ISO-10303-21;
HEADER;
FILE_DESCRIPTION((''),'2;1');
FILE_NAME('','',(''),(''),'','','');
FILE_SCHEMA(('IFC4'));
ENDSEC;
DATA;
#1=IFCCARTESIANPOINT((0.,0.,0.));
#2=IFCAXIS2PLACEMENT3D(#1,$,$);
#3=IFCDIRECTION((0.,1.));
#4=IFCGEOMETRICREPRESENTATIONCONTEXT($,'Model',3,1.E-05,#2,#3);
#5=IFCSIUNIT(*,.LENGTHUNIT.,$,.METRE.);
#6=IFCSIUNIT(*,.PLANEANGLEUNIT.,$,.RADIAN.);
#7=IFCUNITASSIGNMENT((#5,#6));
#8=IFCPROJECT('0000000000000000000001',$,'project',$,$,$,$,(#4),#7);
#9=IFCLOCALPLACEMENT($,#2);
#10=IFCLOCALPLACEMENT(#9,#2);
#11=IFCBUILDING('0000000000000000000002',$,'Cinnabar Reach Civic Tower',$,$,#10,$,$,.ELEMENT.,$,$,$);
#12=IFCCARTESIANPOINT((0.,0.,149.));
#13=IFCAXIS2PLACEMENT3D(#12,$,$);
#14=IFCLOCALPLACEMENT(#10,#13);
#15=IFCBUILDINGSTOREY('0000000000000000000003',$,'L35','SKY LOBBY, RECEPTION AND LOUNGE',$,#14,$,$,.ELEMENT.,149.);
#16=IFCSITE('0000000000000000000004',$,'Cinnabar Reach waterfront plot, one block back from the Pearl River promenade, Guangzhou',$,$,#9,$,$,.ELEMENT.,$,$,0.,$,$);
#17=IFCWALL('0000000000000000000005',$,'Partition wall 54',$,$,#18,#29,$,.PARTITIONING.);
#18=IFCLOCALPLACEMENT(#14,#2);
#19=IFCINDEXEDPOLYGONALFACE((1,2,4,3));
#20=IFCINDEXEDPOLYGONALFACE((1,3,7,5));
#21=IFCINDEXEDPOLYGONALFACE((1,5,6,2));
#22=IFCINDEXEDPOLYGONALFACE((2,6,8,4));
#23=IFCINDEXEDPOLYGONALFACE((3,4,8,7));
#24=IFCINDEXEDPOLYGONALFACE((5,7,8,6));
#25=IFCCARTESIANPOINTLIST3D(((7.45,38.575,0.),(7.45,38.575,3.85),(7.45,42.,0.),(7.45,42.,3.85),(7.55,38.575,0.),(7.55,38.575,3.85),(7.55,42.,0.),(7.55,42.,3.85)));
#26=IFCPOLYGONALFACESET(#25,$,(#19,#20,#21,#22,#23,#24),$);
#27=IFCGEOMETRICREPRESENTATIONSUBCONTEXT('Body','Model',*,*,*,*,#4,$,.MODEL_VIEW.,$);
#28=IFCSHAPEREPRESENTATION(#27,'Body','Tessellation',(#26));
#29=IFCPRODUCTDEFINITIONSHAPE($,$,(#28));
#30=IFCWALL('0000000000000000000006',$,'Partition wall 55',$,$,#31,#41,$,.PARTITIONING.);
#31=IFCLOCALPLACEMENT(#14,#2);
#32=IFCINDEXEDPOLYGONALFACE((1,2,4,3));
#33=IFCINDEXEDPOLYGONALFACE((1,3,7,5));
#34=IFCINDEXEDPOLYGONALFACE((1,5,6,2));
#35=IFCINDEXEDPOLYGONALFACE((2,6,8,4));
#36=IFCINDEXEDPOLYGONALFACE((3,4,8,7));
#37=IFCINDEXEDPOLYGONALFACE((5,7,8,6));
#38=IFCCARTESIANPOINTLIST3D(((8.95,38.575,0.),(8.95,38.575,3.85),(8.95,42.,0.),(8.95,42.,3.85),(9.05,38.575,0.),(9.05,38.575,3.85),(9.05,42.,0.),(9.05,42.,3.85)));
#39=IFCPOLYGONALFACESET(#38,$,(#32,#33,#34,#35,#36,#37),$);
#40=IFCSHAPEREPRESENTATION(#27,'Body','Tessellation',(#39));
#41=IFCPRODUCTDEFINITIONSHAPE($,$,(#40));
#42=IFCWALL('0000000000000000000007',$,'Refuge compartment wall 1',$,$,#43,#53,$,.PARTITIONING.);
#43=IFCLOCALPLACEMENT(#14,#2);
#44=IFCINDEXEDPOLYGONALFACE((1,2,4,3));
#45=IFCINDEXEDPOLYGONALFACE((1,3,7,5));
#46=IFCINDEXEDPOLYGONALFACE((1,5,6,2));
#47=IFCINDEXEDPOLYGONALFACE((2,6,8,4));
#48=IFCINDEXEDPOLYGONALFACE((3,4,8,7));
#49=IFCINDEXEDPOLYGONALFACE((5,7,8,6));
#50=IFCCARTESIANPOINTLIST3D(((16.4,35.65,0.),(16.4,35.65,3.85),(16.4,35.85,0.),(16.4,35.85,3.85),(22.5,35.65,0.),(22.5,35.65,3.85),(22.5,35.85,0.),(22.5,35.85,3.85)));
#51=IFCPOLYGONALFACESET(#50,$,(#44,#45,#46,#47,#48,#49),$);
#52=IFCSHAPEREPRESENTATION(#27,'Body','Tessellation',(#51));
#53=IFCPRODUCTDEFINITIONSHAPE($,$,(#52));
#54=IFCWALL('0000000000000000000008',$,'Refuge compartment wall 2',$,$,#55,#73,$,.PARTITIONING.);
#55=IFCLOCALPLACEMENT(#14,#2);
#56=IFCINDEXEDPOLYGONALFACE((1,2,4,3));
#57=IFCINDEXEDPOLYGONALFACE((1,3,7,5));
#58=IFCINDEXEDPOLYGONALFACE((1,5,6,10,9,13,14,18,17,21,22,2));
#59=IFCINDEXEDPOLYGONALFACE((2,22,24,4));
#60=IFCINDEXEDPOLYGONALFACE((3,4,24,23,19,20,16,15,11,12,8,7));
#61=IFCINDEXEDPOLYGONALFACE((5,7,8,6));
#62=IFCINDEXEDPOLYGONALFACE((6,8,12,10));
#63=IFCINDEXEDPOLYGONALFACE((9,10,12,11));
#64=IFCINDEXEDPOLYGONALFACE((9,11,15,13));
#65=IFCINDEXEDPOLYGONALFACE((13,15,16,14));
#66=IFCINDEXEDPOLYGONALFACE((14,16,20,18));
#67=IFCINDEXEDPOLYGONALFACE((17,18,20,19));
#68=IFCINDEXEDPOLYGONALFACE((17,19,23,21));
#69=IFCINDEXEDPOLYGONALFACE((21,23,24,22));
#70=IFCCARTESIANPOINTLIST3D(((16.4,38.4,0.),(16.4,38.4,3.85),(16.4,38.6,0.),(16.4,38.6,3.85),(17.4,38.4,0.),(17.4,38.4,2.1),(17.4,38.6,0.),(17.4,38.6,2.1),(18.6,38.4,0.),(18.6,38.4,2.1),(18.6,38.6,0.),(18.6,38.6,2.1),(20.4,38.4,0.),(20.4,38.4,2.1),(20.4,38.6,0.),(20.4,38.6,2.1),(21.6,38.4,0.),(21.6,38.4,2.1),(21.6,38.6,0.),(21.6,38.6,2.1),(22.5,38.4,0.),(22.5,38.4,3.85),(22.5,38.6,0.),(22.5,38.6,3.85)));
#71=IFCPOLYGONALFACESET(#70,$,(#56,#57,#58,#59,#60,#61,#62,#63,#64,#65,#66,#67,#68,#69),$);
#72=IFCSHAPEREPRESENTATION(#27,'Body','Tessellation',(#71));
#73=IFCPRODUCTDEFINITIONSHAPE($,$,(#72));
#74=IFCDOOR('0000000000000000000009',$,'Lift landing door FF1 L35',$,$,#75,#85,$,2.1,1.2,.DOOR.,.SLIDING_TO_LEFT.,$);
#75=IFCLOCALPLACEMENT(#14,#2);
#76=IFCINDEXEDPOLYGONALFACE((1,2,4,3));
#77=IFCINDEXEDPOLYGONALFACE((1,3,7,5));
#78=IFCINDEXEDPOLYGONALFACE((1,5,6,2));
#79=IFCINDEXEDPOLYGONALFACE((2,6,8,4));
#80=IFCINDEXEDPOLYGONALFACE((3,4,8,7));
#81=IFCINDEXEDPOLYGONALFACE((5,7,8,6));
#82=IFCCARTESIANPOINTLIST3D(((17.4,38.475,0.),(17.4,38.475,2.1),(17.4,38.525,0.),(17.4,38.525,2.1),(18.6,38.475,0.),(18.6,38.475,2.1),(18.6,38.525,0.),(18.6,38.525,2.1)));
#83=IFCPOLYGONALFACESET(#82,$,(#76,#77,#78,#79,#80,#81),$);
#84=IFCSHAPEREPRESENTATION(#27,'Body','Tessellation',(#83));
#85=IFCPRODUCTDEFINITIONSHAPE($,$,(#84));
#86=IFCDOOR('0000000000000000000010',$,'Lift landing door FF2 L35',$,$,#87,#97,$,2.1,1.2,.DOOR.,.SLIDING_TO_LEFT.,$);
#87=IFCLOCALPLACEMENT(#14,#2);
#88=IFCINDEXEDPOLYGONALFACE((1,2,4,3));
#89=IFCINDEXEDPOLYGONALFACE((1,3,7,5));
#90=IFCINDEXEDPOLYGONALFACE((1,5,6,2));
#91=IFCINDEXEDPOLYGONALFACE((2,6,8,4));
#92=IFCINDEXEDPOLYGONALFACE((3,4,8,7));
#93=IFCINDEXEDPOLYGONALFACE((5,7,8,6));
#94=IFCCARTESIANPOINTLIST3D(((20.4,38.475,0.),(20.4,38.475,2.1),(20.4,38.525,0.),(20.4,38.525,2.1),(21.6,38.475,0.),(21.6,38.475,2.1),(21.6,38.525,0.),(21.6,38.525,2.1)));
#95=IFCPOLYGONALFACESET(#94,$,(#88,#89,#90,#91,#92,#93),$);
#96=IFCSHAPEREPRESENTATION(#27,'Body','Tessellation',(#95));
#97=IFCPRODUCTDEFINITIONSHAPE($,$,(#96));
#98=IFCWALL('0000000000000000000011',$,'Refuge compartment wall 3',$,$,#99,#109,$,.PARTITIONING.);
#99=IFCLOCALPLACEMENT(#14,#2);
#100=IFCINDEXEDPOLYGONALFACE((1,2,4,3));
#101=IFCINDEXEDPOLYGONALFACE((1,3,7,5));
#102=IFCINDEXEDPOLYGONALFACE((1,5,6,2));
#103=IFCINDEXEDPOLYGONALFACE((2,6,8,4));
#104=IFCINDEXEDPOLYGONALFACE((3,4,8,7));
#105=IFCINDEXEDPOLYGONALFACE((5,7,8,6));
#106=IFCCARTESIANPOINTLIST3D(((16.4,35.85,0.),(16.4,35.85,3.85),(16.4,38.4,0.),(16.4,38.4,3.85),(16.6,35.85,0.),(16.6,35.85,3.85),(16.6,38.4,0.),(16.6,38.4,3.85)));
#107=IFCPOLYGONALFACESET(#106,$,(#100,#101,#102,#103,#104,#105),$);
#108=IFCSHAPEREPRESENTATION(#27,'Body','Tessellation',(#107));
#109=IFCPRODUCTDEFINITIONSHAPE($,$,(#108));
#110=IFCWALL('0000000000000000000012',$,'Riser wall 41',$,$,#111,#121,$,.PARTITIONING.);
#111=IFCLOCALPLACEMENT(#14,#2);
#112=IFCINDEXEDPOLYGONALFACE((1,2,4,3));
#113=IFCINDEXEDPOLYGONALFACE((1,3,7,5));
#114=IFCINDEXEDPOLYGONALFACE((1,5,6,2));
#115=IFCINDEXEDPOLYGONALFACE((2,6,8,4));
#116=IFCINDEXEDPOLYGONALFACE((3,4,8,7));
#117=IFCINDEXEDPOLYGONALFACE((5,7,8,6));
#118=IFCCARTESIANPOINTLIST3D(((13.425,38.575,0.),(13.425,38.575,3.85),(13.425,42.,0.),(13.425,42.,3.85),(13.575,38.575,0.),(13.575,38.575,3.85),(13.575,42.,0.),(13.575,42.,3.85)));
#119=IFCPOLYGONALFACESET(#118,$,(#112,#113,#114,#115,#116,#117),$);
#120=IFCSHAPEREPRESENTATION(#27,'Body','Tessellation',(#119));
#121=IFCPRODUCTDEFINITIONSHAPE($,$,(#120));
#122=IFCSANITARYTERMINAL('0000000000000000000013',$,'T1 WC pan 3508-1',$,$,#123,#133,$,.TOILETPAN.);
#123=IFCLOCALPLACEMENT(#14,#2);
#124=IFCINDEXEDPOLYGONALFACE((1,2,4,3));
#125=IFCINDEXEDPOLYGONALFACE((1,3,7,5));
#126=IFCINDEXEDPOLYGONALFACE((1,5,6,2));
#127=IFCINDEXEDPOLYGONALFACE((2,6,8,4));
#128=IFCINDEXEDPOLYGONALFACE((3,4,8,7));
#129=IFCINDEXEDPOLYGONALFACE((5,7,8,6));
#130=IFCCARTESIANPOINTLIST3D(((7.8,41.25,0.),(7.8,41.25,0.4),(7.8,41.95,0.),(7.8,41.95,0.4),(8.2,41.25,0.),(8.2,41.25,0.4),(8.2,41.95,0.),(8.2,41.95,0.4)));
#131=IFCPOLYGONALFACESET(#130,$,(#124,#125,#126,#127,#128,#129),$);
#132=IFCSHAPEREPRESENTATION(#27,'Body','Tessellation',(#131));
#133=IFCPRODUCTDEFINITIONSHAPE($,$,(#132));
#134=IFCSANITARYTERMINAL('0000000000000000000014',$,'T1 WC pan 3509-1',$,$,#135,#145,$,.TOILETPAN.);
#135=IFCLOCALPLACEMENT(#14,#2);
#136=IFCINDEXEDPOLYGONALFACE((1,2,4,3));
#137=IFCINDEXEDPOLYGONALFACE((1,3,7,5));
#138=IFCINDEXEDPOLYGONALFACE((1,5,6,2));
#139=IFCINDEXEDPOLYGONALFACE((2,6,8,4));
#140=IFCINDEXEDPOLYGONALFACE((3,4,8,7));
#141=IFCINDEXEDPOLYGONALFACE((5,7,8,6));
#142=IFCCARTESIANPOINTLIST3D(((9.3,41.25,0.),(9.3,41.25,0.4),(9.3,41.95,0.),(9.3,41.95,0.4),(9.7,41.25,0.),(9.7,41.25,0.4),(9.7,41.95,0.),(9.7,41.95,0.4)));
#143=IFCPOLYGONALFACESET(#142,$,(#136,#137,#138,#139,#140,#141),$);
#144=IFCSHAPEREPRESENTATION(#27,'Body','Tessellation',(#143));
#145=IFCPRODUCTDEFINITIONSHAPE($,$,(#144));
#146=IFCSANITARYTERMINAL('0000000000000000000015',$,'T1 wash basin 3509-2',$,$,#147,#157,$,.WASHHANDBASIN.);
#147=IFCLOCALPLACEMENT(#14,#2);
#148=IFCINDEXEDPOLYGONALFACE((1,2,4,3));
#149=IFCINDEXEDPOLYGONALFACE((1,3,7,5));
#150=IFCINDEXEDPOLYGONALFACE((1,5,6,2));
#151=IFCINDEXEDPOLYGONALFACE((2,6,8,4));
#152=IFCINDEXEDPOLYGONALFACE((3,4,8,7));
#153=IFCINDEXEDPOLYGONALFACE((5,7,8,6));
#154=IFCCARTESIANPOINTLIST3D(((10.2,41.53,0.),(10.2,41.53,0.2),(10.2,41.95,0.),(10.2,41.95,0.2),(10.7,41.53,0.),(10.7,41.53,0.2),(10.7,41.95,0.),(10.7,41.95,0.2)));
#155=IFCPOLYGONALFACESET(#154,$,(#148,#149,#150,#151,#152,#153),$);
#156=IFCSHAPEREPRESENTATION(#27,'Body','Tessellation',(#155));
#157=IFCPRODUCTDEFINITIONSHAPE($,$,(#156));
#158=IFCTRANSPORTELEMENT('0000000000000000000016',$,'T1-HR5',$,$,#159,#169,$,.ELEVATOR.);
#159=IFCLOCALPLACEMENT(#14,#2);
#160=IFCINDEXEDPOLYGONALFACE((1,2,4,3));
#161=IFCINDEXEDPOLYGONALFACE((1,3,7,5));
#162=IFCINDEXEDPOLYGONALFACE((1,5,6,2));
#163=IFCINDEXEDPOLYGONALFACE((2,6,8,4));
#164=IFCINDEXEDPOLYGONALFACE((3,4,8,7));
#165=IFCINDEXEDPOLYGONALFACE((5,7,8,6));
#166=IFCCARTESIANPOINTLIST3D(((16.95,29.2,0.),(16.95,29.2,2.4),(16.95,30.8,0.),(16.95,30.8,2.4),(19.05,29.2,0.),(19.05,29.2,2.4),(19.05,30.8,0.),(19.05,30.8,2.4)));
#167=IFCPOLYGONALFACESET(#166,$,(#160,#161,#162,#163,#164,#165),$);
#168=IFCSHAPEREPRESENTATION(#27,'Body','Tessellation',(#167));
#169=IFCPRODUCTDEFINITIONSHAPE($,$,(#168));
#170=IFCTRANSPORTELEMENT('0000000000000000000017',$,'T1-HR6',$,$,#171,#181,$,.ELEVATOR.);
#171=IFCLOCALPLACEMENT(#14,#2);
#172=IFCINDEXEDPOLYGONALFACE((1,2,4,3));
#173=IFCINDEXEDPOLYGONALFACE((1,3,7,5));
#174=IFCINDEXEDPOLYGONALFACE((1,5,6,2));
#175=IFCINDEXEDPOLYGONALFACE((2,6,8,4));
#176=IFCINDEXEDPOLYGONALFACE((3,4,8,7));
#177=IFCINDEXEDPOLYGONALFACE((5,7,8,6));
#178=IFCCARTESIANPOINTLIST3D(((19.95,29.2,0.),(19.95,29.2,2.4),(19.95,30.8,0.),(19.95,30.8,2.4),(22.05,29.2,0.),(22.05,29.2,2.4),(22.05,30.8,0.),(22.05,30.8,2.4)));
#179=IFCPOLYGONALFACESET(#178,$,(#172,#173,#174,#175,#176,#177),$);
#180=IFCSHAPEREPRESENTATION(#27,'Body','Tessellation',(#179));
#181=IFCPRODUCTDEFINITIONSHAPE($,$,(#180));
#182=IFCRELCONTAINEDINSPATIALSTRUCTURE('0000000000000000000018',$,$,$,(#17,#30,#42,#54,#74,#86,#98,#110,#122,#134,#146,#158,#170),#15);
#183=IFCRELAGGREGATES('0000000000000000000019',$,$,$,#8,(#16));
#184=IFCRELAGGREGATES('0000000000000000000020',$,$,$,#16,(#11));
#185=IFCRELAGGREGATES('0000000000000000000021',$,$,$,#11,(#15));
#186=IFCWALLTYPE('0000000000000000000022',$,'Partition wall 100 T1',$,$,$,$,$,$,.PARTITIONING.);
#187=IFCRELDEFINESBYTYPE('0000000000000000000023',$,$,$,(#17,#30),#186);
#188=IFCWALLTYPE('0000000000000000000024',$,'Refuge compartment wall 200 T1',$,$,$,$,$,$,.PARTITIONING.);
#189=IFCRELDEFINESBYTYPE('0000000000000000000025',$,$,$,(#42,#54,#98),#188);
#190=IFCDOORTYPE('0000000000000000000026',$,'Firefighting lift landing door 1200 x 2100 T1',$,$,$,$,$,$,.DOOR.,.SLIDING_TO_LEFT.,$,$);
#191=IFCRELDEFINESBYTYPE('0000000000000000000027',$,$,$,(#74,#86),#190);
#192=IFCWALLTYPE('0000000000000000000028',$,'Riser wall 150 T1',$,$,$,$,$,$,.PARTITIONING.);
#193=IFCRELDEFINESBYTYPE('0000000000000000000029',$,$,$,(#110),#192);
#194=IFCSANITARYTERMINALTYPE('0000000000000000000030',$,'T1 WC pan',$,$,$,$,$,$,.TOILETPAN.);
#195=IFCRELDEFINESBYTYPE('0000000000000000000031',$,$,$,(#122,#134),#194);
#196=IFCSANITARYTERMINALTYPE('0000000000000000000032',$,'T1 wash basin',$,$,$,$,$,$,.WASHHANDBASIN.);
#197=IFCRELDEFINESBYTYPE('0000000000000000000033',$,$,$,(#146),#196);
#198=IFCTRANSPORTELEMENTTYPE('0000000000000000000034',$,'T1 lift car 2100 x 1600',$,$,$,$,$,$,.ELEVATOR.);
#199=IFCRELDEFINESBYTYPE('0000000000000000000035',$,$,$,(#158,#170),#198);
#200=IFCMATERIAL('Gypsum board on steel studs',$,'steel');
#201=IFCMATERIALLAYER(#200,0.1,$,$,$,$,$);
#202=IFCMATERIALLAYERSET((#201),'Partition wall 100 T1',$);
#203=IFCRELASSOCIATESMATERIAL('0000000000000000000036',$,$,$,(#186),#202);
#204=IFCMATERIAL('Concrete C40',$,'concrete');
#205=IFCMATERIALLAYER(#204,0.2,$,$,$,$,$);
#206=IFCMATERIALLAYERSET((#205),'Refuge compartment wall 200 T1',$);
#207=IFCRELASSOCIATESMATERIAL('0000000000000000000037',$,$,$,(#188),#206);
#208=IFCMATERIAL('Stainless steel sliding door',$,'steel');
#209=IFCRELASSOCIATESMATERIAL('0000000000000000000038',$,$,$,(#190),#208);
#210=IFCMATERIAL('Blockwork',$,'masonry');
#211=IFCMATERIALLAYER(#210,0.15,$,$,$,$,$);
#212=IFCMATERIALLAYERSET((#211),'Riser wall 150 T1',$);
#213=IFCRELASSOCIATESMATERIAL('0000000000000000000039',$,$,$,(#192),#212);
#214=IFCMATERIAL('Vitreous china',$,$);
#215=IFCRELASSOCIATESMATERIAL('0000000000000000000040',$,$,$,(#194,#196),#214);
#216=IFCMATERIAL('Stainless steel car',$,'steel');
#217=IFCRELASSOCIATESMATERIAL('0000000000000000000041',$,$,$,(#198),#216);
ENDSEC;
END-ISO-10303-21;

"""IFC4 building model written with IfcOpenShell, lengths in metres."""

from ifc_helpers import new_model, si_unit, direction, frame, frame_2d, origin, origin_2d, place, context, subcontext, project, spatial, rectangle, extrude, material, layer, layer_set, type_object, element, fill, save


model = new_model("IFC4")

# Units and contexts
model_context = context("Model", 3, precision=1e-05, world=origin(), true_north=direction((0.0, 1.0)))
body_context = subcontext(model_context, "Body", "Model", "MODEL_VIEW")
ifc_project = project(units=[si_unit("LENGTHUNIT", "METRE"), si_unit("PLANEANGLEUNIT", "RADIAN")], contexts=[model_context])

# Site, building, storey
site_placement = place(None, origin())
site = spatial("IfcSite", under=ifc_project, at=site_placement, Name="Cinnabar Reach waterfront plot, one block back from the Pearl River promenade, Guangzhou", CompositionType="ELEMENT", RefElevation=0.0)
building_placement = place(site_placement, origin())
building = spatial("IfcBuilding", under=site, at=building_placement, Name="Cinnabar Reach Civic Tower", CompositionType="ELEMENT")
storey_placement = place(building_placement, frame((0.0, 0.0, 149.0)))
storey = spatial("IfcBuildingStorey", under=building, at=storey_placement, Name="L35", Description="SKY LOBBY, RECEPTION AND LOUNGE", CompositionType="ELEMENT", Elevation=149.0)

# Walls
ifc_material_1 = material(Name="Blockwork", Category="masonry")
ifc_material_2 = material(Name="Gypsum board on steel studs", Category="steel")
ifc_layer_1 = layer(ifc_material_2, 0.1)
ifc_layer_set_1 = layer_set([ifc_layer_1], Name="Partition wall 100 T1")
wall_type_1 = type_object("IfcWallType", Name="Partition wall 100 T1", PredefinedType="PARTITIONING", material=ifc_layer_set_1)
for number, where, z_axis, x_axis, name in (
    (1, (7.5, 38.575, 0.0), (0.0, 0.0, 1.0), (0.0, 1.0, 0.0), "Partition wall 54"),
    (2, (9.0, 38.575, 0.0), (0.0, 0.0, 1.0), (0.0, 1.0, 0.0), "Partition wall 55"),
):
    element("IfcWall", number, at=place(storey_placement, frame(where, z_axis=z_axis, x_axis=x_axis)), inside=storey, type_object=wall_type_1, Name=name, PredefinedType="PARTITIONING", context=body_context, shape_type="SweptSolid", body=[
        extrude(rectangle(XDim=3.425, YDim=0.1, at=frame_2d((1.7125, 0.0))), origin(), (0.0, 0.0, 1.0), 3.85),
    ])
ifc_material_3 = material(Name="Concrete C40", Category="concrete")
ifc_layer_2 = layer(ifc_material_3, 0.2)
ifc_layer_set_2 = layer_set([ifc_layer_2], Name="Refuge compartment wall 200 T1")
wall_type_2 = type_object("IfcWallType", Name="Refuge compartment wall 200 T1", PredefinedType="PARTITIONING", material=ifc_layer_set_2)
wall_1_placement = place(storey_placement, frame((16.4, 35.75, 0.0), z_axis=(0.0, 0.0, 1.0), x_axis=(1.0, 0.0, 0.0)))
element("IfcWall", 3, at=wall_1_placement, inside=storey, type_object=wall_type_2, Name="Refuge compartment wall 1", PredefinedType="PARTITIONING", context=body_context, shape_type="SweptSolid", body=[
    extrude(rectangle(XDim=6.1, YDim=0.2, at=frame_2d((3.05, 0.0))), origin(), (0.0, 0.0, 1.0), 3.85),
])

# Wall, openings, doors
wall_2_placement = place(storey_placement, frame((16.4, 38.5, 0.0), z_axis=(0.0, 0.0, 1.0), x_axis=(1.0, 0.0, 0.0)))
wall_2 = element("IfcWall", 4, at=wall_2_placement, inside=storey, type_object=wall_type_2, Name="Refuge compartment wall 2", PredefinedType="PARTITIONING", context=body_context, shape_type="SweptSolid", body=[
    extrude(rectangle(XDim=6.1, YDim=0.2, at=frame_2d((3.05, 0.0))), origin(), (0.0, 0.0, 1.0), 3.85),
])
opening_1_placement = place(wall_2_placement, frame((1.0, 0.0, 0.0)))
opening_1 = element("IfcOpeningElement", 5, at=opening_1_placement, cuts=wall_2, PredefinedType="OPENING", context=body_context, shape_type="SweptSolid", body=[
    extrude(rectangle(XDim=1.2, YDim=2.1, at=frame_2d((0.6, 1.05))), frame((0.0, 0.11, 0.0), z_axis=(0.0, -1.0, 0.0), x_axis=(1.0, 0.0, 0.0)), (0.0, 0.0, 1.0), 0.22),
])
opening_2_placement = place(wall_2_placement, frame((4.0, 0.0, 0.0)))
opening_2 = element("IfcOpeningElement", 6, at=opening_2_placement, cuts=wall_2, PredefinedType="OPENING", context=body_context, shape_type="SweptSolid", body=[
    extrude(rectangle(XDim=1.2, YDim=2.1, at=frame_2d((0.6, 1.05))), frame((0.0, 0.11, 0.0), z_axis=(0.0, -1.0, 0.0), x_axis=(1.0, 0.0, 0.0)), (0.0, 0.0, 1.0), 0.22),
])
ifc_material_4 = material(Name="Stainless steel sliding door", Category="steel")
door_type = type_object("IfcDoorType", Name="Firefighting lift landing door 1200 x 2100 T1", OperationType="SLIDING_TO_LEFT", PredefinedType="DOOR", material=ifc_material_4)
door_1_placement = place(opening_1_placement, origin())
door_1 = element("IfcDoor", 7, at=door_1_placement, inside=storey, type_object=door_type, Name="Lift landing door FF1 L35", OperationType="SLIDING_TO_LEFT", OverallHeight=2.1, OverallWidth=1.2, PredefinedType="DOOR", context=body_context, shape_type="SweptSolid", body=[
    extrude(rectangle(XDim=1.2, YDim=2.1, at=frame_2d((0.6, 1.05))), frame((0.0, 0.025, 0.0), z_axis=(0.0, -1.0, 0.0), x_axis=(1.0, 0.0, 0.0)), (0.0, 0.0, 1.0), 0.05),
])
fill(opening_1, door_1)
door_2_placement = place(opening_2_placement, origin())
door_2 = element("IfcDoor", 8, at=door_2_placement, inside=storey, type_object=door_type, Name="Lift landing door FF2 L35", OperationType="SLIDING_TO_LEFT", OverallHeight=2.1, OverallWidth=1.2, PredefinedType="DOOR", context=body_context, shape_type="SweptSolid", body=[
    extrude(rectangle(XDim=1.2, YDim=2.1, at=frame_2d((0.6, 1.05))), frame((0.0, 0.025, 0.0), z_axis=(0.0, -1.0, 0.0), x_axis=(1.0, 0.0, 0.0)), (0.0, 0.0, 1.0), 0.05),
])
fill(opening_2, door_2)

# Walls
wall_3_placement = place(storey_placement, frame((16.5, 35.85, 0.0), z_axis=(0.0, 0.0, 1.0), x_axis=(0.0, 1.0, 0.0)))
element("IfcWall", 9, at=wall_3_placement, inside=storey, type_object=wall_type_2, Name="Refuge compartment wall 3", PredefinedType="PARTITIONING", context=body_context, shape_type="SweptSolid", body=[
    extrude(rectangle(XDim=2.55, YDim=0.2, at=frame_2d((1.275, 0.0))), origin(), (0.0, 0.0, 1.0), 3.85),
])
ifc_layer_3 = layer(ifc_material_1, 0.15)
ifc_layer_set_3 = layer_set([ifc_layer_3], Name="Riser wall 150 T1")
wall_type_3 = type_object("IfcWallType", Name="Riser wall 150 T1", PredefinedType="PARTITIONING", material=ifc_layer_set_3)
wall_4_placement = place(storey_placement, frame((13.5, 38.575, 0.0), z_axis=(0.0, 0.0, 1.0), x_axis=(0.0, 1.0, 0.0)))
element("IfcWall", 10, at=wall_4_placement, inside=storey, type_object=wall_type_3, Name="Riser wall 41", PredefinedType="PARTITIONING", context=body_context, shape_type="SweptSolid", body=[
    extrude(rectangle(XDim=3.425, YDim=0.15, at=frame_2d((1.7125, 0.0))), origin(), (0.0, 0.0, 1.0), 3.85),
])

# Sanitary terminals
ifc_material_5 = material(Name="Vitreous china")
sanitary_terminal_type_1 = type_object("IfcSanitaryTerminalType", Name="T1 WC pan", PredefinedType="TOILETPAN", material=ifc_material_5)
for number, where, z_axis, x_axis, name in (
    (11, (8.0, 41.6, 0.0), (0.0, 0.0, 1.0), (1.0, 0.0, 0.0), "T1 WC pan 3508-1"),
    (12, (9.5, 41.6, 0.0), (0.0, 0.0, 1.0), (1.0, 0.0, 0.0), "T1 WC pan 3509-1"),
):
    element("IfcSanitaryTerminal", number, at=place(storey_placement, frame(where, z_axis=z_axis, x_axis=x_axis)), inside=storey, type_object=sanitary_terminal_type_1, Name=name, PredefinedType="TOILETPAN", context=body_context, shape_type="SweptSolid", body=[
        extrude(rectangle(XDim=0.4, YDim=0.7, at=origin_2d()), origin(), (0.0, 0.0, 1.0), 0.4),
    ])
sanitary_terminal_type_2 = type_object("IfcSanitaryTerminalType", Name="T1 wash basin", PredefinedType="WASHHANDBASIN", material=ifc_material_5)
sanitary_terminal_placement = place(storey_placement, frame((10.45, 41.74, 0.0), z_axis=(0.0, 0.0, 1.0), x_axis=(1.0, 0.0, 0.0)))
element("IfcSanitaryTerminal", 13, at=sanitary_terminal_placement, inside=storey, type_object=sanitary_terminal_type_2, Name="T1 wash basin 3509-2", PredefinedType="WASHHANDBASIN", context=body_context, shape_type="SweptSolid", body=[
    extrude(rectangle(XDim=0.5, YDim=0.42, at=origin_2d()), origin(), (0.0, 0.0, 1.0), 0.2),
])

# Transport elements
ifc_material_6 = material(Name="Stainless steel car", Category="steel")
transport_element_type = type_object("IfcTransportElementType", Name="T1 lift car 2100 x 1600", PredefinedType="ELEVATOR", material=ifc_material_6)
for number, where, z_axis, x_axis, name in (
    (14, (18.0, 30.0, 0.0), (0.0, 0.0, 1.0), (1.0, 0.0, 0.0), "T1-HR5"),
    (15, (21.0, 30.0, 0.0), (0.0, 0.0, 1.0), (1.0, 0.0, 0.0), "T1-HR6"),
):
    element("IfcTransportElement", number, at=place(storey_placement, frame(where, z_axis=z_axis, x_axis=x_axis)), inside=storey, type_object=transport_element_type, Name=name, PredefinedType="ELEVATOR", context=body_context, shape_type="SweptSolid", body=[
        extrude(rectangle(XDim=2.1, YDim=1.6, at=origin_2d()), origin(), (0.0, 0.0, 1.0), 2.4),
    ])

save(model, "model.ifc")
